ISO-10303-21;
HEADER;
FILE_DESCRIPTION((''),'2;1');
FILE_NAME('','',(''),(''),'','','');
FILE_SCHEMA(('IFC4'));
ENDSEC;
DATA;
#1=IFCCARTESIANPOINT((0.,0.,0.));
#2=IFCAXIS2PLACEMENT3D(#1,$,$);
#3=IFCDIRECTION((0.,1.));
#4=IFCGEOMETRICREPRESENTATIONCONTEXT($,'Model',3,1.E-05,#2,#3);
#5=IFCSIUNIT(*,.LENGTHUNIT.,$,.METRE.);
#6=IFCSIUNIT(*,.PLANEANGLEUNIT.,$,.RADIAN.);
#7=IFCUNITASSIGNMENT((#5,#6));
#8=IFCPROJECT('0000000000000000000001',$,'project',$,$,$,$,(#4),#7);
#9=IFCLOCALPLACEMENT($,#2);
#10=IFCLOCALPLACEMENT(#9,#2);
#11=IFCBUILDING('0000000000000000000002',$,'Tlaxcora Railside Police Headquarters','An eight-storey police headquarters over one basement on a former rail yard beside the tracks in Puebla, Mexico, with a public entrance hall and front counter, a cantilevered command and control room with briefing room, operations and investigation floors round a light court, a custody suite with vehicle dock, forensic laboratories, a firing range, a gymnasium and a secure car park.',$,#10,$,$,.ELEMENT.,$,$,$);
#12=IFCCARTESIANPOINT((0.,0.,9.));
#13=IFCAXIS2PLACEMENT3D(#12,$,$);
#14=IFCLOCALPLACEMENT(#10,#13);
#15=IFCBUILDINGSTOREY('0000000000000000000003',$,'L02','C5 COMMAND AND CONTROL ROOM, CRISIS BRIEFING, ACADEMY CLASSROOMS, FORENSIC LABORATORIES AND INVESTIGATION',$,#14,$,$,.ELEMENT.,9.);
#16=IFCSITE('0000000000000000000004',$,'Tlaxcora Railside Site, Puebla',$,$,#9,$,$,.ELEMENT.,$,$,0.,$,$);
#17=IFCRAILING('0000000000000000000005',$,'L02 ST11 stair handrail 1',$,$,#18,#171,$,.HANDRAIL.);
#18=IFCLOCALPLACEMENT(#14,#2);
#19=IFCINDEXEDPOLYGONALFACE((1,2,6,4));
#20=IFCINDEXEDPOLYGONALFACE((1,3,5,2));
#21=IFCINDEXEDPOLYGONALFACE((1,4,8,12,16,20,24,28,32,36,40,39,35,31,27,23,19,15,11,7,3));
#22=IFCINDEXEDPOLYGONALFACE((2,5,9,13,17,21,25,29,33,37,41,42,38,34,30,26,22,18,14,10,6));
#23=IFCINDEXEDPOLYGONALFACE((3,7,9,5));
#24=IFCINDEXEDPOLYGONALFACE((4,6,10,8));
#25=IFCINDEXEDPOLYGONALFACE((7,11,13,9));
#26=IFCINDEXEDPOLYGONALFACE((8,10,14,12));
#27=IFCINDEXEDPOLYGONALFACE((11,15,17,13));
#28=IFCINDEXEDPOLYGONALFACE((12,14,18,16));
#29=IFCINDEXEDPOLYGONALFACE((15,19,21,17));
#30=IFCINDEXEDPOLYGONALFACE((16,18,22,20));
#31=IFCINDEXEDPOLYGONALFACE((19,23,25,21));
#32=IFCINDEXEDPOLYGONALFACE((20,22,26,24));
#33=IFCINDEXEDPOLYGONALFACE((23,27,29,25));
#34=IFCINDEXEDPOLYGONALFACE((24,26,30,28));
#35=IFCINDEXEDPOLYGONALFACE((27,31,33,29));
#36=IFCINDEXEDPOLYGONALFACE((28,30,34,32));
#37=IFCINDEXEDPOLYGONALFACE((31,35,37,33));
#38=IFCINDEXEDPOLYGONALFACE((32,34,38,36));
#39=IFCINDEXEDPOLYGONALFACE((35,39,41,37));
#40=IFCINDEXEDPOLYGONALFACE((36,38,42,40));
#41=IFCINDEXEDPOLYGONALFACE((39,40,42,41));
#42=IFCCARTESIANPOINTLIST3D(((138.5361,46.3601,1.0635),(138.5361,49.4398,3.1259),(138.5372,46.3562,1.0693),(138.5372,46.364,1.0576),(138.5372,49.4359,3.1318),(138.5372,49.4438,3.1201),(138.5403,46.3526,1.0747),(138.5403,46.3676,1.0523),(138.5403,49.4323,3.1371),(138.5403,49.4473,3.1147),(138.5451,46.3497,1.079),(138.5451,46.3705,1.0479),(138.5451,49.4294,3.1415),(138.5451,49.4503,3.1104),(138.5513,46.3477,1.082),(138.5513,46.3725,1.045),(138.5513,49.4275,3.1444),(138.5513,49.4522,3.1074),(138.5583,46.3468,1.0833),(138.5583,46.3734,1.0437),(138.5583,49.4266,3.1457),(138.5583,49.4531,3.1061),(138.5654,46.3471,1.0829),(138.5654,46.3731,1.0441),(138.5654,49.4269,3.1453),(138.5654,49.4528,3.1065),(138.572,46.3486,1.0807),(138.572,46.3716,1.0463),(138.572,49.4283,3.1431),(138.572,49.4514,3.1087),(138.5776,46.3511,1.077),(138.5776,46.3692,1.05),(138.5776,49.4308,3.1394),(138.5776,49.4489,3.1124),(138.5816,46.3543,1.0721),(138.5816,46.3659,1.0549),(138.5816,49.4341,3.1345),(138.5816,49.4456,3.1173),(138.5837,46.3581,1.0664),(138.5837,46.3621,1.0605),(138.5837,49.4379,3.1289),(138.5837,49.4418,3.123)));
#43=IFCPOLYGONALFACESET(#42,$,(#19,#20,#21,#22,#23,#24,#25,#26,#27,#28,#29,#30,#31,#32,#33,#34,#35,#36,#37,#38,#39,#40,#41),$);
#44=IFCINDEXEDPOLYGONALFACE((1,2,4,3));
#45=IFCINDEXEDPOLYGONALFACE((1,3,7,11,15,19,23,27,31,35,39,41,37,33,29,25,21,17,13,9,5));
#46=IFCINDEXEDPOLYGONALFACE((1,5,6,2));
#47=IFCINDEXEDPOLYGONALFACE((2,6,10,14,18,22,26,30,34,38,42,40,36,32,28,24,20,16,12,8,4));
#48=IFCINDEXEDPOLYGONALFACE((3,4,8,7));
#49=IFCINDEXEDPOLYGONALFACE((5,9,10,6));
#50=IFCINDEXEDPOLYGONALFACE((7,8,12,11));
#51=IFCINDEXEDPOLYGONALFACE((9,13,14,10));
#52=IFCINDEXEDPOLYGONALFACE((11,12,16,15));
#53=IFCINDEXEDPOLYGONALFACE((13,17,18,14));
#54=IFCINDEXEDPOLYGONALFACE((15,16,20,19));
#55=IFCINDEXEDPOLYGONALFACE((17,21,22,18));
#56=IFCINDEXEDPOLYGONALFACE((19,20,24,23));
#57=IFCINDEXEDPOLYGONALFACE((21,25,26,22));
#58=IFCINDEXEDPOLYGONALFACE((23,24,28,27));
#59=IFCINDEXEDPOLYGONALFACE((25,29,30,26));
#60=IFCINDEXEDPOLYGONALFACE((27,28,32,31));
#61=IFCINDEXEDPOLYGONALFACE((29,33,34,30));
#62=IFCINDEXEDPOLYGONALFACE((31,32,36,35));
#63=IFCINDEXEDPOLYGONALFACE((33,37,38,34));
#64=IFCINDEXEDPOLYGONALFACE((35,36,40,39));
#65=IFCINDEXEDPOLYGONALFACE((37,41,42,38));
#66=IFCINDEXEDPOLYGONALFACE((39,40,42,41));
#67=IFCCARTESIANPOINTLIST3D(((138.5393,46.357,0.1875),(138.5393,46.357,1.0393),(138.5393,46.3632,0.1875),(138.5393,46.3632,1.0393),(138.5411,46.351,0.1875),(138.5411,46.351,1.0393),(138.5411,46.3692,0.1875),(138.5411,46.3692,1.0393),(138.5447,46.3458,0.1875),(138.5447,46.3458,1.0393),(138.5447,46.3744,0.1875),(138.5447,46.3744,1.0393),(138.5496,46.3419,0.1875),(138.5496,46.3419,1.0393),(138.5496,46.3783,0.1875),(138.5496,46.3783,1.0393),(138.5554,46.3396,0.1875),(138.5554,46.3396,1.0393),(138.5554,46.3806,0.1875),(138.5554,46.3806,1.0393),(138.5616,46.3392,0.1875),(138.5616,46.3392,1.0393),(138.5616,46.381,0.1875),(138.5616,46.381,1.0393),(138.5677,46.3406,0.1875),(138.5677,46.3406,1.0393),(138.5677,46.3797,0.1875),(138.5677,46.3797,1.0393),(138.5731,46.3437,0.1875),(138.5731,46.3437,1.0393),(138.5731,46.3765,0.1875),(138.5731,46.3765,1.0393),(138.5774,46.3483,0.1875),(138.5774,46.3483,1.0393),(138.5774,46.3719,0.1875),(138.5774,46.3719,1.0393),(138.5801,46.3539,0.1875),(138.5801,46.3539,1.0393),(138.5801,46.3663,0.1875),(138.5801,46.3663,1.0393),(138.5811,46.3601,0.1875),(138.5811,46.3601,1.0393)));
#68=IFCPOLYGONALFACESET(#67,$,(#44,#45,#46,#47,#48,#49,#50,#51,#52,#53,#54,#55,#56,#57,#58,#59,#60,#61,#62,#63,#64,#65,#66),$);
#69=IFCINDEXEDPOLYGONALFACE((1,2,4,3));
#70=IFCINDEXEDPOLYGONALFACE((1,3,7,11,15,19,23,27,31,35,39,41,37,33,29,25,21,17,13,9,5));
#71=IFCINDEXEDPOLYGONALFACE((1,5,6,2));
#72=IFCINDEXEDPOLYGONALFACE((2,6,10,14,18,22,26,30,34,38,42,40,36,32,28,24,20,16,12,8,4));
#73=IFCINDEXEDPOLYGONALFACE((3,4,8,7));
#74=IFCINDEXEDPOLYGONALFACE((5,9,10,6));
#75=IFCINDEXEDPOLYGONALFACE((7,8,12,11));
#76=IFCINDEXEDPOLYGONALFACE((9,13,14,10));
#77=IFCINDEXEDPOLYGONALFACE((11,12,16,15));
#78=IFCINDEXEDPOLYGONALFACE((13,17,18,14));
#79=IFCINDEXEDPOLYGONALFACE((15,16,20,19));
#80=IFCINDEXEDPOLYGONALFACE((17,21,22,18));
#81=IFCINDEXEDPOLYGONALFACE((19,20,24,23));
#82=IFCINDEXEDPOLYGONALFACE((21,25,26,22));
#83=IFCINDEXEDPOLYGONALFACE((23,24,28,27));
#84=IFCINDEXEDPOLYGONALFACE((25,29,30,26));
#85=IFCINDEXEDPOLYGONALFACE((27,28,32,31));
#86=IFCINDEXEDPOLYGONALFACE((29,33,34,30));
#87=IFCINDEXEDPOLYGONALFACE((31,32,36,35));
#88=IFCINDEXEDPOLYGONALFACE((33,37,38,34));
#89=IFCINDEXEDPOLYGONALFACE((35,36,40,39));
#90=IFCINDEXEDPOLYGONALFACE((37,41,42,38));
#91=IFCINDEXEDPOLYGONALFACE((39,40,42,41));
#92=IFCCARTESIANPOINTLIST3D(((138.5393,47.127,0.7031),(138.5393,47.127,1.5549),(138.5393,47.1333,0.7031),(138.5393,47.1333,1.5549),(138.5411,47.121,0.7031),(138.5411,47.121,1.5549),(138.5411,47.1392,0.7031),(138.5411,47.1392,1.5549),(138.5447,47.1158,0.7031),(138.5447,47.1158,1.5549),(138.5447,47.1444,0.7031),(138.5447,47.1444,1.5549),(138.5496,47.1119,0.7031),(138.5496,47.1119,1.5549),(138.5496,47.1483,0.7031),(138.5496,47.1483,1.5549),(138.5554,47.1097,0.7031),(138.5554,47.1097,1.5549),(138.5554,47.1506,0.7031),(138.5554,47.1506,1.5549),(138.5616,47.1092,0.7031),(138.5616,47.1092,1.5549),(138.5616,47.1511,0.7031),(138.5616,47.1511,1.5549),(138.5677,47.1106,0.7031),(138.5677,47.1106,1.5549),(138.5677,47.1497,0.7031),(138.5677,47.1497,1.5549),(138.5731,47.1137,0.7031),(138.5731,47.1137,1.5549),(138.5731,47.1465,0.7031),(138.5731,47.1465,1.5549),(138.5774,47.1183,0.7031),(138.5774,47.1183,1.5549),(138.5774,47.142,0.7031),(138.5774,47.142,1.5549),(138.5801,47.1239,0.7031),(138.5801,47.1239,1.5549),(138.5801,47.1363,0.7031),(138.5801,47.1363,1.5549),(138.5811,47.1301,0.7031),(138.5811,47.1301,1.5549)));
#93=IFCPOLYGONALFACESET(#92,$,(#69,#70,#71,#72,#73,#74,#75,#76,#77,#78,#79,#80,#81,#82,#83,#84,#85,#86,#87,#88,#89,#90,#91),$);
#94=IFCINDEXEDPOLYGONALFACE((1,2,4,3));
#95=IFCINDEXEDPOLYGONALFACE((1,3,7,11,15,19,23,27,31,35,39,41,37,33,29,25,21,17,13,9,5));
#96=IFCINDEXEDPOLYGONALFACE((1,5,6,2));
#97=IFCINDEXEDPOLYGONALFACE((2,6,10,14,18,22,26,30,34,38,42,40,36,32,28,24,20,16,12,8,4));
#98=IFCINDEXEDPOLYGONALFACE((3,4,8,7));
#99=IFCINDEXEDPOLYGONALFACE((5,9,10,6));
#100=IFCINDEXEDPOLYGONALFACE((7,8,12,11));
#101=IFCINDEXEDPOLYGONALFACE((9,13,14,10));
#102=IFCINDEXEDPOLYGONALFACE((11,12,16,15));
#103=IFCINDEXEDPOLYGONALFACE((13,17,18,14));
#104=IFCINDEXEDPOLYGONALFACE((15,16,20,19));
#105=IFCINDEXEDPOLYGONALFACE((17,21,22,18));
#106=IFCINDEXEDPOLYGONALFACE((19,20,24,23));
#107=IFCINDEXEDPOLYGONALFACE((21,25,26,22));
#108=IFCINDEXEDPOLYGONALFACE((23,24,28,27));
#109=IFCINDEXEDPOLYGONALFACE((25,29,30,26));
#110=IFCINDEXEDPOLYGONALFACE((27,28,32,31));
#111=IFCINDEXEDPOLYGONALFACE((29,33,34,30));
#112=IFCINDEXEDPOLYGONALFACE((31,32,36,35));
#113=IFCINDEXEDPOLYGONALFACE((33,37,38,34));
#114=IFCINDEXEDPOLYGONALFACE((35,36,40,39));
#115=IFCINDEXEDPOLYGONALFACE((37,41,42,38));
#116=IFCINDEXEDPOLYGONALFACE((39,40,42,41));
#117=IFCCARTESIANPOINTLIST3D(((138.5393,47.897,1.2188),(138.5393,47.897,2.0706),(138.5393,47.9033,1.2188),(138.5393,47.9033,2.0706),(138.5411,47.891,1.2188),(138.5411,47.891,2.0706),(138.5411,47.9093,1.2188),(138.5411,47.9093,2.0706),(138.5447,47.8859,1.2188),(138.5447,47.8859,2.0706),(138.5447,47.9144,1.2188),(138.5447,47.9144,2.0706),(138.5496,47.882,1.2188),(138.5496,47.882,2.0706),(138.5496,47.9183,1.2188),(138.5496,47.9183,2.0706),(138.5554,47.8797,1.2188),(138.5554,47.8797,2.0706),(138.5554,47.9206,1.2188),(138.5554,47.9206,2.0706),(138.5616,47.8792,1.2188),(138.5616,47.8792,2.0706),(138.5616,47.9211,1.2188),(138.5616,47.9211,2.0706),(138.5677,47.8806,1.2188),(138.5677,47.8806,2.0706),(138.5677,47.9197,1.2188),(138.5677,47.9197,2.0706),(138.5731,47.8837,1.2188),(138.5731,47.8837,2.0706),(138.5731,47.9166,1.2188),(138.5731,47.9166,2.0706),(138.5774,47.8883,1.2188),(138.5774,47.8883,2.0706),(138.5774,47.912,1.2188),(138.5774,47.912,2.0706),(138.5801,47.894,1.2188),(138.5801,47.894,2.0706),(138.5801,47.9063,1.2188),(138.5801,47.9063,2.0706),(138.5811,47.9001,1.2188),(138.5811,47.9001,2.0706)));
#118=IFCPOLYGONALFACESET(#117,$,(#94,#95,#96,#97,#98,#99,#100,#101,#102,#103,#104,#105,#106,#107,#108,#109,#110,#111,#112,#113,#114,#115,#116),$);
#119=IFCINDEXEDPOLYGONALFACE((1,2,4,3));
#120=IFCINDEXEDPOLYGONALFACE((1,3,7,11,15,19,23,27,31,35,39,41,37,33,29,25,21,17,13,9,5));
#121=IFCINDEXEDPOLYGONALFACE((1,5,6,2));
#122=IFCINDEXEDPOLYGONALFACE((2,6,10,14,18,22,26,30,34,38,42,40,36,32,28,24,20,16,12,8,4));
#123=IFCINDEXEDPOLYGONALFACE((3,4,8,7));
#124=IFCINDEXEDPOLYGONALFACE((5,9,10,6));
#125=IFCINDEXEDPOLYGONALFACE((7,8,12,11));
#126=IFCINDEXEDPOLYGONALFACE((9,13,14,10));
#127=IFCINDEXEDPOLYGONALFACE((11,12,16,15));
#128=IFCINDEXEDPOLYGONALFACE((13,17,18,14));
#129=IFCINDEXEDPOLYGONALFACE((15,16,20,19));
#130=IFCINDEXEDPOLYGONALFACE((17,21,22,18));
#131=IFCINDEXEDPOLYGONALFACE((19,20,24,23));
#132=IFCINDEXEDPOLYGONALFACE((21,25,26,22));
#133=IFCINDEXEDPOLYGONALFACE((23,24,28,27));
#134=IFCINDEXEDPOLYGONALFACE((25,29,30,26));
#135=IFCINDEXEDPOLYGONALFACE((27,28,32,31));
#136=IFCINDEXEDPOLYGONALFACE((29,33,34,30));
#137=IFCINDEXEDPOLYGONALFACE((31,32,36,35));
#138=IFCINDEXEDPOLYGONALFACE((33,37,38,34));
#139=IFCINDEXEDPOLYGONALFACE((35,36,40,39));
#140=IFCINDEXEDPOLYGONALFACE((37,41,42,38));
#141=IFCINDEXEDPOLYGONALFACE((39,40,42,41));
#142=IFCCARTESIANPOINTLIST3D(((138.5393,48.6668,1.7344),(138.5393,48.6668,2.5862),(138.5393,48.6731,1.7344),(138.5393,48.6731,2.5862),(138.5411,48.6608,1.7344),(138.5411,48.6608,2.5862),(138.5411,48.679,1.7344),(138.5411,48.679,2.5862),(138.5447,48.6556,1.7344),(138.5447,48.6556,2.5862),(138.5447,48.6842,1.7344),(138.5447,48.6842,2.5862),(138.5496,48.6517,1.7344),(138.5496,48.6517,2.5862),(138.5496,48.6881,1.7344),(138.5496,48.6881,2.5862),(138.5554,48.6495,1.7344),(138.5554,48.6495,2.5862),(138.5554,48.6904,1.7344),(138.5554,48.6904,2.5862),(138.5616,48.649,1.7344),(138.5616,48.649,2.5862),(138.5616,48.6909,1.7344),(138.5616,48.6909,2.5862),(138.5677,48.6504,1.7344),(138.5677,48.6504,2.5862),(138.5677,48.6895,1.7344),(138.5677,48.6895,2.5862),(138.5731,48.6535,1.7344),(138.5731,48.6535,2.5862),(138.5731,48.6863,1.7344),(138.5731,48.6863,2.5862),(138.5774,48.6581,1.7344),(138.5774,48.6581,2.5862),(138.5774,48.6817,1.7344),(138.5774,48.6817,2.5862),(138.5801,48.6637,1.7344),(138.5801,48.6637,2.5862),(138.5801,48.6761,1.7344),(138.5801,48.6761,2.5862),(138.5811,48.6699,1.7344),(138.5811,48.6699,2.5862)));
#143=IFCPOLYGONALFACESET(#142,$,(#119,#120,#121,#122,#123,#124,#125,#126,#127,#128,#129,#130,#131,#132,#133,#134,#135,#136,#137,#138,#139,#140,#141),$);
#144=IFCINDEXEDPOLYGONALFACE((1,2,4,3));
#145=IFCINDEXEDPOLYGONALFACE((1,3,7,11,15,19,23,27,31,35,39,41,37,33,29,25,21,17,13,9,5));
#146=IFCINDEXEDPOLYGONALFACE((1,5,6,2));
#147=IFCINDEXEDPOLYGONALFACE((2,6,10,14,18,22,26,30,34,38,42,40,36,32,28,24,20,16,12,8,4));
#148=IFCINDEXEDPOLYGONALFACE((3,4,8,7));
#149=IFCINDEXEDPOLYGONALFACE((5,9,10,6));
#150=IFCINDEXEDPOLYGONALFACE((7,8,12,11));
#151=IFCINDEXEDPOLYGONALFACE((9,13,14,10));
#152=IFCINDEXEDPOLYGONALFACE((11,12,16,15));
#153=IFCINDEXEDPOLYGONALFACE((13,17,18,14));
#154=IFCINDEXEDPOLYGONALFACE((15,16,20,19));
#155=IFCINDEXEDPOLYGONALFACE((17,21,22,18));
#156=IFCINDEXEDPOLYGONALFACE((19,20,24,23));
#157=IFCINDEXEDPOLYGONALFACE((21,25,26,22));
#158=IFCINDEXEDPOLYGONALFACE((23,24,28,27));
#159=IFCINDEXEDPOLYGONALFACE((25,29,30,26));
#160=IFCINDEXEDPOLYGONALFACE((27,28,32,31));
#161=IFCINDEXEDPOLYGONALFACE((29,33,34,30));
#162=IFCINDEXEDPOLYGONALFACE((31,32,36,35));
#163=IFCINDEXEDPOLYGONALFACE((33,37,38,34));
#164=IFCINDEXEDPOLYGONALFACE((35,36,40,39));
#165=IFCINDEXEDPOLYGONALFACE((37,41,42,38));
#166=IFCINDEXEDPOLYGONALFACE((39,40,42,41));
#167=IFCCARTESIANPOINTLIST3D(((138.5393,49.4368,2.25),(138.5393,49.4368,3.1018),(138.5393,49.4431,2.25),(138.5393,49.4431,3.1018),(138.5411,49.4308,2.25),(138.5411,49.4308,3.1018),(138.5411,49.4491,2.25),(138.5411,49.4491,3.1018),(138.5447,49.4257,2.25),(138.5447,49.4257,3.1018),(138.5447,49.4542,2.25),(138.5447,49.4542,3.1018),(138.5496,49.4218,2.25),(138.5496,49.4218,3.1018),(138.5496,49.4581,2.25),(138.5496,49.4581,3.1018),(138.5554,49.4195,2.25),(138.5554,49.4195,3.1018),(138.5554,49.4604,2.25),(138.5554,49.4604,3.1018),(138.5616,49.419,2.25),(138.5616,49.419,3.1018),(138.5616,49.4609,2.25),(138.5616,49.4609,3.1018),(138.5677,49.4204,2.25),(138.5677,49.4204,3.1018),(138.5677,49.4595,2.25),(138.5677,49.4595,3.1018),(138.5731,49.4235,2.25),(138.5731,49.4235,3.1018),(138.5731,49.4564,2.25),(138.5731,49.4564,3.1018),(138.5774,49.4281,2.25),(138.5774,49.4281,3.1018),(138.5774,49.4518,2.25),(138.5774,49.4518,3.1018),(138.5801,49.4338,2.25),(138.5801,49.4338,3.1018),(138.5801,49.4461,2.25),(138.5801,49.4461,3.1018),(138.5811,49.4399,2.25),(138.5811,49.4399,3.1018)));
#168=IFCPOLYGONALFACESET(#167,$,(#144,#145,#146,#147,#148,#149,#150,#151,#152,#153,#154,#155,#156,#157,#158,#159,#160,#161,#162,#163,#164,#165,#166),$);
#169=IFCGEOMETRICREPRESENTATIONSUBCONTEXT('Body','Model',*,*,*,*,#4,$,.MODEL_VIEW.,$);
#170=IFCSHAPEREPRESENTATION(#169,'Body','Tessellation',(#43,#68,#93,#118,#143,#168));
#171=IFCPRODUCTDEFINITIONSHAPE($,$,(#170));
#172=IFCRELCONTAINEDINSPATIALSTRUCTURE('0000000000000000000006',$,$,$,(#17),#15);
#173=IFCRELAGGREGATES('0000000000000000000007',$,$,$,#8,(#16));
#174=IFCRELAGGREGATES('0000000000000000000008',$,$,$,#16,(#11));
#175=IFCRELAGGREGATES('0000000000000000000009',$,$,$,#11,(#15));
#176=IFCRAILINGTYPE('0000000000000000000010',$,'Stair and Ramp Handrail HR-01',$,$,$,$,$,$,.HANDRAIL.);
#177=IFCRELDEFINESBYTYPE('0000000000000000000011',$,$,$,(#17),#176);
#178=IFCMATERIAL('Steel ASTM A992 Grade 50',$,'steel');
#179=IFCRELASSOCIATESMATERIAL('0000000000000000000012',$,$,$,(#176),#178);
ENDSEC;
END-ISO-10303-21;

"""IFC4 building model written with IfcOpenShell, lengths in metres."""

from ifc_helpers import new_model, si_unit, direction, frame, origin, origin_2d, place, context, subcontext, project, spatial, circle, extrude, material, type_object, element, save


model = new_model("IFC4")

# Units and contexts
model_context = context("Model", 3, precision=1e-05, world=origin(), true_north=direction((0.0, 1.0)))
body_context = subcontext(model_context, "Body", "Model", "MODEL_VIEW")
ifc_project = project(units=[si_unit("LENGTHUNIT", "METRE"), si_unit("PLANEANGLEUNIT", "RADIAN")], contexts=[model_context])

# Site, building, storey
site_placement = place(None, origin())
site = spatial("IfcSite", under=ifc_project, at=site_placement, Name="Tlaxcora Railside Site, Puebla", CompositionType="ELEMENT", RefElevation=0.0)
building_placement = place(site_placement, origin())
building = spatial("IfcBuilding", under=site, at=building_placement, Name="Tlaxcora Railside Police Headquarters", Description="An eight-storey police headquarters over one basement on a former rail yard beside the tracks in Puebla, Mexico, with a public entrance hall and front counter, a cantilevered command and control room with briefing room, operations and investigation floors round a light court, a custody suite with vehicle dock, forensic laboratories, a firing range, a gymnasium and a secure car park.", CompositionType="ELEMENT")
storey_placement = place(building_placement, frame((0.0, 0.0, 9.0)))
storey = spatial("IfcBuildingStorey", under=building, at=storey_placement, Name="L02", Description="C5 COMMAND AND CONTROL ROOM, CRISIS BRIEFING, ACADEMY CLASSROOMS, FORENSIC LABORATORIES AND INVESTIGATION", CompositionType="ELEMENT", Elevation=9.0)

# Railing
ifc_material_1 = material(Name="Steel ASTM A992 Grade 50", Category="steel")
railing_type_1 = type_object("IfcRailingType", Name="Stair and Ramp Handrail HR-01", PredefinedType="HANDRAIL", material=ifc_material_1)
railing_1_placement = place(storey_placement, frame((138.5601, 46.3601, 0.1875)))
element("IfcRailing", 1, at=railing_1_placement, inside=storey, type_object=railing_type_1, Name="L02 ST11 stair handrail 1", PredefinedType="HANDRAIL", context=body_context, shape_type="SweptSolid", body=[
    extrude(circle(Radius=0.0239, at=origin_2d()), frame((0.0, 0.0, 0.876), z_axis=(0.0, 0.830893, 0.556432), x_axis=(-1.0, 0.0, 0.0)), (0.0, 0.0, 1.0), 3.7065),
    extrude(circle(Radius=0.021, at=origin_2d()), origin(), (0.0, 0.0, 1.0), 0.8518),
    extrude(circle(Radius=0.021, at=origin_2d()), frame((0.0, 0.77, 0.5156)), (0.0, 0.0, 1.0), 0.8518),
    extrude(circle(Radius=0.021, at=origin_2d()), frame((0.0, 1.54, 1.0312)), (0.0, 0.0, 1.0), 0.8518),
    extrude(circle(Radius=0.021, at=origin_2d()), frame((0.0, 2.3098, 1.5469)), (0.0, 0.0, 1.0), 0.8518),
    extrude(circle(Radius=0.021, at=origin_2d()), frame((0.0, 3.0798, 2.0625)), (0.0, 0.0, 1.0), 0.8518),
])

save(model, "model.ifc")
